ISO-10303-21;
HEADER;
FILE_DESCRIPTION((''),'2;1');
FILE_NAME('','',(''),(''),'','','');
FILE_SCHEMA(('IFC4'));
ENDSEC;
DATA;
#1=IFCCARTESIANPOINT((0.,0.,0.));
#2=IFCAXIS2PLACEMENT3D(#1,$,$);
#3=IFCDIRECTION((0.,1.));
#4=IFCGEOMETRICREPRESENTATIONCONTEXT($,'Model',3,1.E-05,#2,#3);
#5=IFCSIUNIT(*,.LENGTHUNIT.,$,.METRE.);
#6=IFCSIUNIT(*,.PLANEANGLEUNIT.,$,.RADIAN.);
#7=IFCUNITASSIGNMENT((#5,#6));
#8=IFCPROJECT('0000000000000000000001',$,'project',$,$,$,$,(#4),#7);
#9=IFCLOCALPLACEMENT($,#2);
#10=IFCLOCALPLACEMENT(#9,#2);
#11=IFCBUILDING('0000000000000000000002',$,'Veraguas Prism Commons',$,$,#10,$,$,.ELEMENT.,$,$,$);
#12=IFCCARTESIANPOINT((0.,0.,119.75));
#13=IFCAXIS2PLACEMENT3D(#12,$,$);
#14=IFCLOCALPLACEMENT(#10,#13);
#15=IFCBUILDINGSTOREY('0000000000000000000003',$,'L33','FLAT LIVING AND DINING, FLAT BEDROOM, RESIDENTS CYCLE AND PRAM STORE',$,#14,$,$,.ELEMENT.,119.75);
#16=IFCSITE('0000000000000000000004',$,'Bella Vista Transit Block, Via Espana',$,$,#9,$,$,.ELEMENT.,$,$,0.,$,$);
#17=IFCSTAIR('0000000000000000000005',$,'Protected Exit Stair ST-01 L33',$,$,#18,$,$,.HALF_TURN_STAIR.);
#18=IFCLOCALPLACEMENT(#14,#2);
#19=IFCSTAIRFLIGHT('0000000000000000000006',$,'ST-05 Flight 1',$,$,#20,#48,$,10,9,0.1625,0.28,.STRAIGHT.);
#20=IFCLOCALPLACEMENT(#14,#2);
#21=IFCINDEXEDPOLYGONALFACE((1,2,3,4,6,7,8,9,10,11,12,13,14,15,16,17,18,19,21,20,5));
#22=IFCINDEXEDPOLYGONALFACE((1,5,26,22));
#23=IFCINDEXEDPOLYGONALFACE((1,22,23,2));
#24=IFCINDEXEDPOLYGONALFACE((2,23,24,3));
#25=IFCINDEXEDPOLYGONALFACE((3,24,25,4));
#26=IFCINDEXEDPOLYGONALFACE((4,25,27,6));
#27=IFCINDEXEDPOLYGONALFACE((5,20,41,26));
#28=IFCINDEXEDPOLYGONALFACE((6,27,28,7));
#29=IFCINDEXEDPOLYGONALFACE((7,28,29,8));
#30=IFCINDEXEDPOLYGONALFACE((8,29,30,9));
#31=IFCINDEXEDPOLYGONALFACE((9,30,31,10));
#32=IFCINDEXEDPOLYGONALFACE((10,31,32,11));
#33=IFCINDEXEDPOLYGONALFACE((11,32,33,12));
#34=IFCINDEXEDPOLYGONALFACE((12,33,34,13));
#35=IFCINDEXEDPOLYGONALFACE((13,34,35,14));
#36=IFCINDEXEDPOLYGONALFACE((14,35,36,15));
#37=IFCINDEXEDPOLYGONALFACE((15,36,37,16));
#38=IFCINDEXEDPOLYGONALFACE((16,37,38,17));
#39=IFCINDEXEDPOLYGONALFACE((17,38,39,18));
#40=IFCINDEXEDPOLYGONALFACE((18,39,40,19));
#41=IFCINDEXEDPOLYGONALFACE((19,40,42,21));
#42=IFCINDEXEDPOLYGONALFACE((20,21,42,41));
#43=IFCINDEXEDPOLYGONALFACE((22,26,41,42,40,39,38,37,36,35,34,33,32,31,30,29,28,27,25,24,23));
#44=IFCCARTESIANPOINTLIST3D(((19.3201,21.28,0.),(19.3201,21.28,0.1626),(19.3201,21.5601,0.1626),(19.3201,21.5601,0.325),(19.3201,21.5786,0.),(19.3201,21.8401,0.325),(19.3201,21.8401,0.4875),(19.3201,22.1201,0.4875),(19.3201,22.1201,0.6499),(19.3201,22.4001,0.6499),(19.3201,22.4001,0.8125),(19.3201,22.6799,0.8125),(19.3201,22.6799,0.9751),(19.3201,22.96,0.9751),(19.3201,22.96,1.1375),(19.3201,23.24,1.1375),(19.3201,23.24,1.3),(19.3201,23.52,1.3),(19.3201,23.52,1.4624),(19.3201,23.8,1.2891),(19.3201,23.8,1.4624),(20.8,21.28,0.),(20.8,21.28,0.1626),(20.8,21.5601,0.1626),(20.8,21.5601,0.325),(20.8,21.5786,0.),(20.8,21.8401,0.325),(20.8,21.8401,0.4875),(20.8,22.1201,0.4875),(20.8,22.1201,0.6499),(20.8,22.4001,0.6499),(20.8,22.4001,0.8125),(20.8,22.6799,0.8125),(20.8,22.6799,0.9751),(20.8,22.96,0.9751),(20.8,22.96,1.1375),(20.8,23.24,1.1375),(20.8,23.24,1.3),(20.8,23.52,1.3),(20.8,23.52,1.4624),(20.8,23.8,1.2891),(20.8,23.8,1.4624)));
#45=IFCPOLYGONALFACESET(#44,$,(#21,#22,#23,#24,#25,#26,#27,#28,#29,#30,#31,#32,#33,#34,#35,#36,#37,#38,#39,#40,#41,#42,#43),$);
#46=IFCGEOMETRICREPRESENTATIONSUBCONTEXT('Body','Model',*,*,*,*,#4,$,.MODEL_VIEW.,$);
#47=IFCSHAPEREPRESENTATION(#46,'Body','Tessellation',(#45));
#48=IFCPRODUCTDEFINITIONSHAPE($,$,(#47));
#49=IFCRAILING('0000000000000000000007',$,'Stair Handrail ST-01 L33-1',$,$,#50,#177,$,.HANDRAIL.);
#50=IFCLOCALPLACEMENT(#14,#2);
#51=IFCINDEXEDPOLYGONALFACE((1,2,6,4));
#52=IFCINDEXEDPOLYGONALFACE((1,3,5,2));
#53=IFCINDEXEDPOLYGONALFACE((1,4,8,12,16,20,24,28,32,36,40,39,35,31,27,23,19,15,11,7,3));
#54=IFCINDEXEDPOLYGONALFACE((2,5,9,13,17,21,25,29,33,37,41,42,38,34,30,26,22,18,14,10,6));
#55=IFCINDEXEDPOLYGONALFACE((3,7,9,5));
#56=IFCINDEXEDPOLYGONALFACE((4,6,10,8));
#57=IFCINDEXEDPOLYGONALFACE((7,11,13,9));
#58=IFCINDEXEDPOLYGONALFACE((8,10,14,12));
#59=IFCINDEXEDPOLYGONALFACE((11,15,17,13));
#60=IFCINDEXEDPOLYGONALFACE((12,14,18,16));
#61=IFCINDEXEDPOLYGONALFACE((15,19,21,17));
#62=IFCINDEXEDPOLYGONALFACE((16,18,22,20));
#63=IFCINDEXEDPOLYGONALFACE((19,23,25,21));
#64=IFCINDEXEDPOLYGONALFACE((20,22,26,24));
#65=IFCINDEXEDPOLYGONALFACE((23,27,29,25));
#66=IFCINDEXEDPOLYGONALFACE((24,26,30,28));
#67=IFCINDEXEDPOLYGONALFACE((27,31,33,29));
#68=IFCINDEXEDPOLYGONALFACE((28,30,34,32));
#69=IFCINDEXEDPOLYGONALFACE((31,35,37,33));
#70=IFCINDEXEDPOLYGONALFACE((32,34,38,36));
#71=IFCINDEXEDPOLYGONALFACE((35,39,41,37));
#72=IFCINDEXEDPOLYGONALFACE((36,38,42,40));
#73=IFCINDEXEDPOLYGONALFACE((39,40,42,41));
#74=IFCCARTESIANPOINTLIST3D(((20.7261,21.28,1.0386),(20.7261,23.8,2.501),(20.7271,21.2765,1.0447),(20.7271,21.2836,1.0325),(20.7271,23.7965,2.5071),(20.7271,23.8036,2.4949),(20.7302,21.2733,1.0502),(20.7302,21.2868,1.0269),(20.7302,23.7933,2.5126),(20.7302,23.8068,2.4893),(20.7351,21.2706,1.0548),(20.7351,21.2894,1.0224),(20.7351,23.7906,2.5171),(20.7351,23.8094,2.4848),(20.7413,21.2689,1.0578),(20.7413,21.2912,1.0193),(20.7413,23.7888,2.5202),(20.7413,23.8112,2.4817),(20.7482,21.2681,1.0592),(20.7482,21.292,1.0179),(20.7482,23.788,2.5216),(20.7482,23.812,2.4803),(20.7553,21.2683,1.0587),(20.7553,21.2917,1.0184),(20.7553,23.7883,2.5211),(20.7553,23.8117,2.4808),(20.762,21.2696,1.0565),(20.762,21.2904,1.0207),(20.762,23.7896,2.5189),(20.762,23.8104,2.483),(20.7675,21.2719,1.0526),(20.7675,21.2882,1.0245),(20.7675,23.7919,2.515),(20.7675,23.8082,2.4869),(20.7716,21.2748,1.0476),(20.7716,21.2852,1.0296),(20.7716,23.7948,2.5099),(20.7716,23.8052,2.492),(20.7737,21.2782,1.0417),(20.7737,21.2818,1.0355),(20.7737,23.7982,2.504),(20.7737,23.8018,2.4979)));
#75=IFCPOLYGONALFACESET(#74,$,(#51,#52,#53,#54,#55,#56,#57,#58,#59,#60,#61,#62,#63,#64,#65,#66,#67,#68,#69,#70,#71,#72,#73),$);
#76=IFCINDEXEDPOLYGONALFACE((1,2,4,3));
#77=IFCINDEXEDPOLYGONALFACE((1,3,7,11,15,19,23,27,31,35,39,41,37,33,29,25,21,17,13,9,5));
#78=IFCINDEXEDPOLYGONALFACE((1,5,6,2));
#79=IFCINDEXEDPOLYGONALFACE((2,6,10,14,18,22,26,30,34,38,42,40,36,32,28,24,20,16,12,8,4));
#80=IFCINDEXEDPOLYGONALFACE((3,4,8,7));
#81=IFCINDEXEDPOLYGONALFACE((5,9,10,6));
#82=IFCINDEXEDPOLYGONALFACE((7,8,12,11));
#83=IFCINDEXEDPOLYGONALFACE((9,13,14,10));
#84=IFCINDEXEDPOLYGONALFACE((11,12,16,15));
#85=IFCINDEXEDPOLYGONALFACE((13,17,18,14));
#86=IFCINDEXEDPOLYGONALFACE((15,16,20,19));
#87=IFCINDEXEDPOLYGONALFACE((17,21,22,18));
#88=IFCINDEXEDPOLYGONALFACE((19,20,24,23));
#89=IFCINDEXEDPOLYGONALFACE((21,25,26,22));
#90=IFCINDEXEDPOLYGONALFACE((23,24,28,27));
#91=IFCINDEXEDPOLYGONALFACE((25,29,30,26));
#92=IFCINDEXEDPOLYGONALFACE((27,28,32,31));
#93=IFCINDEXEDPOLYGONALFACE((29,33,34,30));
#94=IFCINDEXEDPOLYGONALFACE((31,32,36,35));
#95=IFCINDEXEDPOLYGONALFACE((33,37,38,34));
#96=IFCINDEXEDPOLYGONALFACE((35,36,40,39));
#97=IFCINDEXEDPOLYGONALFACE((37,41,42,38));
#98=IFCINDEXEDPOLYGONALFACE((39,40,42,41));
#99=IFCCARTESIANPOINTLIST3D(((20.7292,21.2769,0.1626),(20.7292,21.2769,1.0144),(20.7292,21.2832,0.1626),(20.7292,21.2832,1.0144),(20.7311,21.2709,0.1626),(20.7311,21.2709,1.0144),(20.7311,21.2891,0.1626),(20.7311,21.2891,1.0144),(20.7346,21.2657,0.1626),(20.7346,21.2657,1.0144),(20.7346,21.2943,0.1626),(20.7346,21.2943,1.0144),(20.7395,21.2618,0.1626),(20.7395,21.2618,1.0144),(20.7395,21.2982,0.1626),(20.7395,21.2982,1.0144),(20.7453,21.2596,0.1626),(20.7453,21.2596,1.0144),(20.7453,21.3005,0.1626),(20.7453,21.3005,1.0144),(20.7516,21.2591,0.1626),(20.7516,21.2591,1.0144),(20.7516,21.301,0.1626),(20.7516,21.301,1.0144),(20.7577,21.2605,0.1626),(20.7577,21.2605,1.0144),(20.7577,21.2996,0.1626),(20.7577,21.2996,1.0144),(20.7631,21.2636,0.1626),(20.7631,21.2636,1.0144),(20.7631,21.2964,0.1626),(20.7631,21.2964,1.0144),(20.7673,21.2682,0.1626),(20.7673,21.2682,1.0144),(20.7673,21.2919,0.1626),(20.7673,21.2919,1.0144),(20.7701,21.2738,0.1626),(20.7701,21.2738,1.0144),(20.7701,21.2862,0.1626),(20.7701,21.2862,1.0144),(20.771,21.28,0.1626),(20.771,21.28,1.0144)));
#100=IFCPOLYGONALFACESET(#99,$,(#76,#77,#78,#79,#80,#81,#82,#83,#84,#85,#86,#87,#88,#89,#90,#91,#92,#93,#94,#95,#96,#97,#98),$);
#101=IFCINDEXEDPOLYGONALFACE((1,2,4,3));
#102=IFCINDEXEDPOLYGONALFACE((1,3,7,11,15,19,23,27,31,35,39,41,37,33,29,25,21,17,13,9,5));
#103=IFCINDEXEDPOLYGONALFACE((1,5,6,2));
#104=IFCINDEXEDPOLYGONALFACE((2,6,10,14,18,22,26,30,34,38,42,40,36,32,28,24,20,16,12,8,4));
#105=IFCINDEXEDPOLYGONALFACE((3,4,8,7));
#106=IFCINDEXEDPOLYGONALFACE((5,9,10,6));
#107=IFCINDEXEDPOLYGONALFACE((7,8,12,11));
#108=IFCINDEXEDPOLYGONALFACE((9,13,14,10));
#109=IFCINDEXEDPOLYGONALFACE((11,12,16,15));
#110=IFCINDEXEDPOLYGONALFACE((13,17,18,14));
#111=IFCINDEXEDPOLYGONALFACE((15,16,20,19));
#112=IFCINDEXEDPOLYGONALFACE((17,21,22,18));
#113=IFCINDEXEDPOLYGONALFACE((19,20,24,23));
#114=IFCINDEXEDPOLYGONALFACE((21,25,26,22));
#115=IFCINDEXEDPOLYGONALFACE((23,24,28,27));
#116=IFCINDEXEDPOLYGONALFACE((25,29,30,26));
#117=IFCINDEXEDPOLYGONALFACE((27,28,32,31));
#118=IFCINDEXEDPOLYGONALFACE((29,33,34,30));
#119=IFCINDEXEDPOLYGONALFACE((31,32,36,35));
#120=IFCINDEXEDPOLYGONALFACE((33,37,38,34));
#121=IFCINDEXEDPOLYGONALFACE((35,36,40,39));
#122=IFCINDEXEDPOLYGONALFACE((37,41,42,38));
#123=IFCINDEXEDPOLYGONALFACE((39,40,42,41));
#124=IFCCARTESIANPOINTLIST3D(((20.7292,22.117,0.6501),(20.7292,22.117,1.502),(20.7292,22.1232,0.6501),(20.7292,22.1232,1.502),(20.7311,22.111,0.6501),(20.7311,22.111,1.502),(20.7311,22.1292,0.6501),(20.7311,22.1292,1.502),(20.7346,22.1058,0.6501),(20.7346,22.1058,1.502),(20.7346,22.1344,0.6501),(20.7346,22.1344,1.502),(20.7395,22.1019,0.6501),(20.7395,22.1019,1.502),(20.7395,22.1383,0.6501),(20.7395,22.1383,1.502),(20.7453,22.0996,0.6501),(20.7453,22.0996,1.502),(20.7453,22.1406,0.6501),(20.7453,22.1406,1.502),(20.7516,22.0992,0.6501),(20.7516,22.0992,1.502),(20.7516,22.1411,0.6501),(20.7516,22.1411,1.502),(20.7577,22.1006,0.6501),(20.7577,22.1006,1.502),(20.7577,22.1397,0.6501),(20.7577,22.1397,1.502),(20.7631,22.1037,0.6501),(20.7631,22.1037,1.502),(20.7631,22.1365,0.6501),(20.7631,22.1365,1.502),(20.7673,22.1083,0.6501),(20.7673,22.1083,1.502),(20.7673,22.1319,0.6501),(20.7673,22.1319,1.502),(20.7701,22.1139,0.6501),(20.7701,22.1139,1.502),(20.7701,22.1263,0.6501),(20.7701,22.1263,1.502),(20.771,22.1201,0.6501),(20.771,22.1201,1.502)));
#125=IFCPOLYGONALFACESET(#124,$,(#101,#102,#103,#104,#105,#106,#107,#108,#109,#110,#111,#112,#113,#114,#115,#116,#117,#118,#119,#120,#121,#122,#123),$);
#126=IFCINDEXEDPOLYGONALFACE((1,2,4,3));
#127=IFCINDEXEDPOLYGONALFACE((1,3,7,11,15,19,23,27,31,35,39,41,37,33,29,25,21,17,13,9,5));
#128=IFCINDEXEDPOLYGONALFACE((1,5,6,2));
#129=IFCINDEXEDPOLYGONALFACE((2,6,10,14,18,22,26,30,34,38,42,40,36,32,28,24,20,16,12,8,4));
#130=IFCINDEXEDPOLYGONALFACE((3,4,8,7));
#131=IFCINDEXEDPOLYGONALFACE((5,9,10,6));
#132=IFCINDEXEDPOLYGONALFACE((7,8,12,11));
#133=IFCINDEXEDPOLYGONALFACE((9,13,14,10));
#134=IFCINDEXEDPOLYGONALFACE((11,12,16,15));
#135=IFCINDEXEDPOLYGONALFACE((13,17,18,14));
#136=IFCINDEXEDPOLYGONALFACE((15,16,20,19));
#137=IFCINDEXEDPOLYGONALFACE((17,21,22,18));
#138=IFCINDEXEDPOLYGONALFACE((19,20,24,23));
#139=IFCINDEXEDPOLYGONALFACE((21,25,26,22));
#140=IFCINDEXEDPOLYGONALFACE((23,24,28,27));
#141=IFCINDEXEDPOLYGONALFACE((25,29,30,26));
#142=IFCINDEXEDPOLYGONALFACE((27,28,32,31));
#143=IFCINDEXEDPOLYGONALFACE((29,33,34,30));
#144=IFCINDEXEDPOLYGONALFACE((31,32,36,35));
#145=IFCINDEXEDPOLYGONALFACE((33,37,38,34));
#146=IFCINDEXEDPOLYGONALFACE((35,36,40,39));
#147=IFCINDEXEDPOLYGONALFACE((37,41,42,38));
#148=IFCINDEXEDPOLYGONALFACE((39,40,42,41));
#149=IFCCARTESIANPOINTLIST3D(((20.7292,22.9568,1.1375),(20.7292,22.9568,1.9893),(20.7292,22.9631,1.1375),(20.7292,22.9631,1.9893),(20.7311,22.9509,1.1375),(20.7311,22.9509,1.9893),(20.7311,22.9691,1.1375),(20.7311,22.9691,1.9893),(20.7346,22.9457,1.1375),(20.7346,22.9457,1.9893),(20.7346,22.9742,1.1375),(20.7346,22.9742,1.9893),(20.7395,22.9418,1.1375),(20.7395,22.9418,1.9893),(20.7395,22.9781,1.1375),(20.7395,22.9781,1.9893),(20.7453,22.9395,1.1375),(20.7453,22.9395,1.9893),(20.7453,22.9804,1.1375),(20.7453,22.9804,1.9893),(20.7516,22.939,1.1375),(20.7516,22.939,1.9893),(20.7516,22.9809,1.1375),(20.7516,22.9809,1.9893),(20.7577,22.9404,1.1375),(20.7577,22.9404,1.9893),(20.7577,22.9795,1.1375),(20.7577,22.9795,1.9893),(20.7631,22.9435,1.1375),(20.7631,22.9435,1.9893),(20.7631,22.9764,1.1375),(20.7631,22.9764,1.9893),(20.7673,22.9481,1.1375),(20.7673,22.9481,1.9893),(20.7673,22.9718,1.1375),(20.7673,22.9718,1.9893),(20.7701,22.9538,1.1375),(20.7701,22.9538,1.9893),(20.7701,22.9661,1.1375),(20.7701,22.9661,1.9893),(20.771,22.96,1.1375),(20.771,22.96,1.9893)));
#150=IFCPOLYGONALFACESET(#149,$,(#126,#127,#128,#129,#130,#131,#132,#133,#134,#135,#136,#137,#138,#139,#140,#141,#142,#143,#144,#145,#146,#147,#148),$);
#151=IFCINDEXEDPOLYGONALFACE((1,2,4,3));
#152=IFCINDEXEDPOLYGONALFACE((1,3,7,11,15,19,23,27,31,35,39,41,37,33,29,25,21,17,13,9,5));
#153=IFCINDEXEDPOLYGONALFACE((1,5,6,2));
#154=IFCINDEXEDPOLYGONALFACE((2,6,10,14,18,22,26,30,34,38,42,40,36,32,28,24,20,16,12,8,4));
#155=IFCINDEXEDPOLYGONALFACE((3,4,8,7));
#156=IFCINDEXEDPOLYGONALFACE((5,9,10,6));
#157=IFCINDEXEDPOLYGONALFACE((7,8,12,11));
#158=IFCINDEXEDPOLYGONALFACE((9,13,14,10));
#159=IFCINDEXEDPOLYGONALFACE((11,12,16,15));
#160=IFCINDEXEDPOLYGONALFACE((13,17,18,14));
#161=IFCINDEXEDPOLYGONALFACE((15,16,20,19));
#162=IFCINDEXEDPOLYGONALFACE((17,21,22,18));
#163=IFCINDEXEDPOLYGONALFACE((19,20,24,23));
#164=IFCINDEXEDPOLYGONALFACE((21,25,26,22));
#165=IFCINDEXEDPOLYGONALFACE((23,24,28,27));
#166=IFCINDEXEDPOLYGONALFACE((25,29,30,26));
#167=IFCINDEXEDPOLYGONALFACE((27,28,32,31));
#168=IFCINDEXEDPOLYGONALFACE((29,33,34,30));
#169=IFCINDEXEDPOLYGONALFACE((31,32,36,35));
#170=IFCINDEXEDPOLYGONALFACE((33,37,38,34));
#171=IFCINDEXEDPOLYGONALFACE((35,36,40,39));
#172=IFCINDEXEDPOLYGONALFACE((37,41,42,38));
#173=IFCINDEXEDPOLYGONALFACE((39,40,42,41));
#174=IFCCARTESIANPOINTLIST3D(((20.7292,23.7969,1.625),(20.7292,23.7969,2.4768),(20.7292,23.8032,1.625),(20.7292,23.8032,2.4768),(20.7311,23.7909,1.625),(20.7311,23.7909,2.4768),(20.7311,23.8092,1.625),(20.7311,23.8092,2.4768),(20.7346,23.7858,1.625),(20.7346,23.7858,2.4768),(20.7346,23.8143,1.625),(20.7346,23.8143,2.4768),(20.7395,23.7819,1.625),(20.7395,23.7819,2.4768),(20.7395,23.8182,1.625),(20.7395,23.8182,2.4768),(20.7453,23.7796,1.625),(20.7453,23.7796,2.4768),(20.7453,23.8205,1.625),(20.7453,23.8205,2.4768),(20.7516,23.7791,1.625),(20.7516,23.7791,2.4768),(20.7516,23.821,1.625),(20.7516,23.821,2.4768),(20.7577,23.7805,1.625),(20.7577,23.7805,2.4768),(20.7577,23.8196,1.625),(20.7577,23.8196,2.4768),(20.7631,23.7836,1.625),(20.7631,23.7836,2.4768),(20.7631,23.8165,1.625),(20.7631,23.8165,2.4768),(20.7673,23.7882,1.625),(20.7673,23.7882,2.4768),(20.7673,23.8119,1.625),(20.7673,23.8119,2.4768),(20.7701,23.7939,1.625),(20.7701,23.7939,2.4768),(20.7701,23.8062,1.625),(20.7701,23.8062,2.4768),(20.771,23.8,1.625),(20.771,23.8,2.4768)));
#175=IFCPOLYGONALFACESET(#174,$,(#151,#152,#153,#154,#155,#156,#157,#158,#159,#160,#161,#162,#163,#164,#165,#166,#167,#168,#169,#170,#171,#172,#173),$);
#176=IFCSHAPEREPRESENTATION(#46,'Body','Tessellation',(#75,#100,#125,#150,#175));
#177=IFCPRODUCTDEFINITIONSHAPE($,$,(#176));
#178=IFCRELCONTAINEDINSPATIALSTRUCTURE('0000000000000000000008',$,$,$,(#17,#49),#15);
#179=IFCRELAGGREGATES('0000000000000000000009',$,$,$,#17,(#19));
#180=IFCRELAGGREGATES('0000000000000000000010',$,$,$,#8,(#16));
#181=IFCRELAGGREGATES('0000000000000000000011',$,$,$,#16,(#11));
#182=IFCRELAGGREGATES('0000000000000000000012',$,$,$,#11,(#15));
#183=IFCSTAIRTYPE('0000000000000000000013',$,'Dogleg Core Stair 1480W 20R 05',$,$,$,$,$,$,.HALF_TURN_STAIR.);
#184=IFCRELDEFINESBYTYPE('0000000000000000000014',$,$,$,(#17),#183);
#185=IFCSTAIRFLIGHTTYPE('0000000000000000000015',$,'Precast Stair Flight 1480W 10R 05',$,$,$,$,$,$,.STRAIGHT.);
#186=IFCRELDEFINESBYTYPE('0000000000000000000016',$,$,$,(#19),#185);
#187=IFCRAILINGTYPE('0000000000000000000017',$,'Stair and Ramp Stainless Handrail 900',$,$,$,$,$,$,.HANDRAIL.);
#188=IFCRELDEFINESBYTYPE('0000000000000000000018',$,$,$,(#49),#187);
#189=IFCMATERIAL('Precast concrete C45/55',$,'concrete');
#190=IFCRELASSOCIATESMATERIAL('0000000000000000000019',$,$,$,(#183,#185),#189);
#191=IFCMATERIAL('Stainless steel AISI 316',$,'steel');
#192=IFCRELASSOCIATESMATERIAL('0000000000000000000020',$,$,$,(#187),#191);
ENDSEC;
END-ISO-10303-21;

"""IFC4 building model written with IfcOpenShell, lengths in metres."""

from ifc_helpers import new_model, si_unit, direction, frame, origin, origin_2d, place, context, subcontext, project, spatial, polyline, circle, outline, extrude, material, type_object, element, aggregate, save


model = new_model("IFC4")

# Units and contexts
model_context = context("Model", 3, precision=1e-05, world=origin(), true_north=direction((0.0, 1.0)))
body_context = subcontext(model_context, "Body", "Model", "MODEL_VIEW")
ifc_project = project(units=[si_unit("LENGTHUNIT", "METRE"), si_unit("PLANEANGLEUNIT", "RADIAN")], contexts=[model_context])

# Site, building, storey
site_placement = place(None, origin())
site = spatial("IfcSite", under=ifc_project, at=site_placement, Name="Bella Vista Transit Block, Via Espana", CompositionType="ELEMENT", RefElevation=0.0)
building_placement = place(site_placement, origin())
building = spatial("IfcBuilding", under=site, at=building_placement, Name="Veraguas Prism Commons", CompositionType="ELEMENT")
storey_placement = place(building_placement, frame((0.0, 0.0, 119.75)))
storey = spatial("IfcBuildingStorey", under=building, at=storey_placement, Name="L33", Description="FLAT LIVING AND DINING, FLAT BEDROOM, RESIDENTS CYCLE AND PRAM STORE", CompositionType="ELEMENT", Elevation=119.75)

# Stair, stair flight
ifc_material_1 = material(Name="Precast concrete C45/55", Category="concrete")
stair_type = type_object("IfcStairType", Name="Dogleg Core Stair 1480W 20R 05", PredefinedType="HALF_TURN_STAIR", material=ifc_material_1)
stair_placement = place(storey_placement, origin())
stair = element("IfcStair", 1, at=stair_placement, inside=storey, type_object=stair_type, Name="Protected Exit Stair ST-01 L33", PredefinedType="HALF_TURN_STAIR")
stair_flight_type = type_object("IfcStairFlightType", Name="Precast Stair Flight 1480W 10R 05", PredefinedType="STRAIGHT", material=ifc_material_1)
stair_flight_placement = place(storey_placement, frame((20.0601, 21.28, 0.0), z_axis=(0.0, 0.0, 1.0), x_axis=(0.0, 1.0, 0.0)))
stair_flight = element("IfcStairFlight", 2, at=stair_flight_placement, type_object=stair_flight_type, Name="ST-05 Flight 1", NumberOfRisers=10, NumberOfTreads=9, PredefinedType="STRAIGHT", RiserHeight=0.1625, TreadLength=0.28, context=body_context, shape_type="SweptSolid", body=[
    extrude(outline(polyline([(0.0, 0.0), (0.0, 0.1626), (0.28, 0.1626), (0.28, 0.325), (0.5601, 0.325), (0.5601, 0.4875), (0.8401, 0.4875), (0.8401, 0.6499), (1.1201, 0.6499), (1.1201, 0.8125), (1.3999, 0.8125), (1.3999, 0.9751), (1.6799, 0.9751), (1.6799, 1.1375), (1.96, 1.1375), (1.96, 1.3), (2.24, 1.3), (2.24, 1.4624), (2.52, 1.4624), (2.52, 1.625), (2.52, 1.2891), (0.2986, 0.0), (0.0, 0.0)])), frame((0.0, 0.74, 0.0), z_axis=(0.0, -1.0, 0.0), x_axis=(1.0, 0.0, 0.0)), (0.0, 0.0, 1.0), 1.48),
])
aggregate(stair, [stair_flight])

# Railing
ifc_material_2 = material(Name="Stainless steel AISI 316", Category="steel")
railing_type_1 = type_object("IfcRailingType", Name="Stair and Ramp Stainless Handrail 900", PredefinedType="HANDRAIL", material=ifc_material_2)
railing_1_placement = place(storey_placement, frame((20.75, 21.28, 0.1626)))
element("IfcRailing", 3, at=railing_1_placement, inside=storey, type_object=railing_type_1, Name="Stair Handrail ST-01 L33-1", PredefinedType="HANDRAIL", context=body_context, shape_type="SweptSolid", body=[
    extrude(circle(Radius=0.0239, at=origin_2d()), frame((0.0, 0.0, 0.876), z_axis=(0.0, 0.864913, 0.501921), x_axis=(-1.0, 0.0, 0.0)), (0.0, 0.0, 1.0), 2.9136),
    extrude(circle(Radius=0.021, at=origin_2d()), origin(), (0.0, 0.0, 1.0), 0.8518),
    extrude(circle(Radius=0.021, at=origin_2d()), frame((0.0, 0.8401, 0.4875)), (0.0, 0.0, 1.0), 0.8518),
    extrude(circle(Radius=0.021, at=origin_2d()), frame((0.0, 1.6799, 0.9749)), (0.0, 0.0, 1.0), 0.8518),
    extrude(circle(Radius=0.021, at=origin_2d()), frame((0.0, 2.52, 1.4624)), (0.0, 0.0, 1.0), 0.8518),
])

save(model, "model.ifc")
